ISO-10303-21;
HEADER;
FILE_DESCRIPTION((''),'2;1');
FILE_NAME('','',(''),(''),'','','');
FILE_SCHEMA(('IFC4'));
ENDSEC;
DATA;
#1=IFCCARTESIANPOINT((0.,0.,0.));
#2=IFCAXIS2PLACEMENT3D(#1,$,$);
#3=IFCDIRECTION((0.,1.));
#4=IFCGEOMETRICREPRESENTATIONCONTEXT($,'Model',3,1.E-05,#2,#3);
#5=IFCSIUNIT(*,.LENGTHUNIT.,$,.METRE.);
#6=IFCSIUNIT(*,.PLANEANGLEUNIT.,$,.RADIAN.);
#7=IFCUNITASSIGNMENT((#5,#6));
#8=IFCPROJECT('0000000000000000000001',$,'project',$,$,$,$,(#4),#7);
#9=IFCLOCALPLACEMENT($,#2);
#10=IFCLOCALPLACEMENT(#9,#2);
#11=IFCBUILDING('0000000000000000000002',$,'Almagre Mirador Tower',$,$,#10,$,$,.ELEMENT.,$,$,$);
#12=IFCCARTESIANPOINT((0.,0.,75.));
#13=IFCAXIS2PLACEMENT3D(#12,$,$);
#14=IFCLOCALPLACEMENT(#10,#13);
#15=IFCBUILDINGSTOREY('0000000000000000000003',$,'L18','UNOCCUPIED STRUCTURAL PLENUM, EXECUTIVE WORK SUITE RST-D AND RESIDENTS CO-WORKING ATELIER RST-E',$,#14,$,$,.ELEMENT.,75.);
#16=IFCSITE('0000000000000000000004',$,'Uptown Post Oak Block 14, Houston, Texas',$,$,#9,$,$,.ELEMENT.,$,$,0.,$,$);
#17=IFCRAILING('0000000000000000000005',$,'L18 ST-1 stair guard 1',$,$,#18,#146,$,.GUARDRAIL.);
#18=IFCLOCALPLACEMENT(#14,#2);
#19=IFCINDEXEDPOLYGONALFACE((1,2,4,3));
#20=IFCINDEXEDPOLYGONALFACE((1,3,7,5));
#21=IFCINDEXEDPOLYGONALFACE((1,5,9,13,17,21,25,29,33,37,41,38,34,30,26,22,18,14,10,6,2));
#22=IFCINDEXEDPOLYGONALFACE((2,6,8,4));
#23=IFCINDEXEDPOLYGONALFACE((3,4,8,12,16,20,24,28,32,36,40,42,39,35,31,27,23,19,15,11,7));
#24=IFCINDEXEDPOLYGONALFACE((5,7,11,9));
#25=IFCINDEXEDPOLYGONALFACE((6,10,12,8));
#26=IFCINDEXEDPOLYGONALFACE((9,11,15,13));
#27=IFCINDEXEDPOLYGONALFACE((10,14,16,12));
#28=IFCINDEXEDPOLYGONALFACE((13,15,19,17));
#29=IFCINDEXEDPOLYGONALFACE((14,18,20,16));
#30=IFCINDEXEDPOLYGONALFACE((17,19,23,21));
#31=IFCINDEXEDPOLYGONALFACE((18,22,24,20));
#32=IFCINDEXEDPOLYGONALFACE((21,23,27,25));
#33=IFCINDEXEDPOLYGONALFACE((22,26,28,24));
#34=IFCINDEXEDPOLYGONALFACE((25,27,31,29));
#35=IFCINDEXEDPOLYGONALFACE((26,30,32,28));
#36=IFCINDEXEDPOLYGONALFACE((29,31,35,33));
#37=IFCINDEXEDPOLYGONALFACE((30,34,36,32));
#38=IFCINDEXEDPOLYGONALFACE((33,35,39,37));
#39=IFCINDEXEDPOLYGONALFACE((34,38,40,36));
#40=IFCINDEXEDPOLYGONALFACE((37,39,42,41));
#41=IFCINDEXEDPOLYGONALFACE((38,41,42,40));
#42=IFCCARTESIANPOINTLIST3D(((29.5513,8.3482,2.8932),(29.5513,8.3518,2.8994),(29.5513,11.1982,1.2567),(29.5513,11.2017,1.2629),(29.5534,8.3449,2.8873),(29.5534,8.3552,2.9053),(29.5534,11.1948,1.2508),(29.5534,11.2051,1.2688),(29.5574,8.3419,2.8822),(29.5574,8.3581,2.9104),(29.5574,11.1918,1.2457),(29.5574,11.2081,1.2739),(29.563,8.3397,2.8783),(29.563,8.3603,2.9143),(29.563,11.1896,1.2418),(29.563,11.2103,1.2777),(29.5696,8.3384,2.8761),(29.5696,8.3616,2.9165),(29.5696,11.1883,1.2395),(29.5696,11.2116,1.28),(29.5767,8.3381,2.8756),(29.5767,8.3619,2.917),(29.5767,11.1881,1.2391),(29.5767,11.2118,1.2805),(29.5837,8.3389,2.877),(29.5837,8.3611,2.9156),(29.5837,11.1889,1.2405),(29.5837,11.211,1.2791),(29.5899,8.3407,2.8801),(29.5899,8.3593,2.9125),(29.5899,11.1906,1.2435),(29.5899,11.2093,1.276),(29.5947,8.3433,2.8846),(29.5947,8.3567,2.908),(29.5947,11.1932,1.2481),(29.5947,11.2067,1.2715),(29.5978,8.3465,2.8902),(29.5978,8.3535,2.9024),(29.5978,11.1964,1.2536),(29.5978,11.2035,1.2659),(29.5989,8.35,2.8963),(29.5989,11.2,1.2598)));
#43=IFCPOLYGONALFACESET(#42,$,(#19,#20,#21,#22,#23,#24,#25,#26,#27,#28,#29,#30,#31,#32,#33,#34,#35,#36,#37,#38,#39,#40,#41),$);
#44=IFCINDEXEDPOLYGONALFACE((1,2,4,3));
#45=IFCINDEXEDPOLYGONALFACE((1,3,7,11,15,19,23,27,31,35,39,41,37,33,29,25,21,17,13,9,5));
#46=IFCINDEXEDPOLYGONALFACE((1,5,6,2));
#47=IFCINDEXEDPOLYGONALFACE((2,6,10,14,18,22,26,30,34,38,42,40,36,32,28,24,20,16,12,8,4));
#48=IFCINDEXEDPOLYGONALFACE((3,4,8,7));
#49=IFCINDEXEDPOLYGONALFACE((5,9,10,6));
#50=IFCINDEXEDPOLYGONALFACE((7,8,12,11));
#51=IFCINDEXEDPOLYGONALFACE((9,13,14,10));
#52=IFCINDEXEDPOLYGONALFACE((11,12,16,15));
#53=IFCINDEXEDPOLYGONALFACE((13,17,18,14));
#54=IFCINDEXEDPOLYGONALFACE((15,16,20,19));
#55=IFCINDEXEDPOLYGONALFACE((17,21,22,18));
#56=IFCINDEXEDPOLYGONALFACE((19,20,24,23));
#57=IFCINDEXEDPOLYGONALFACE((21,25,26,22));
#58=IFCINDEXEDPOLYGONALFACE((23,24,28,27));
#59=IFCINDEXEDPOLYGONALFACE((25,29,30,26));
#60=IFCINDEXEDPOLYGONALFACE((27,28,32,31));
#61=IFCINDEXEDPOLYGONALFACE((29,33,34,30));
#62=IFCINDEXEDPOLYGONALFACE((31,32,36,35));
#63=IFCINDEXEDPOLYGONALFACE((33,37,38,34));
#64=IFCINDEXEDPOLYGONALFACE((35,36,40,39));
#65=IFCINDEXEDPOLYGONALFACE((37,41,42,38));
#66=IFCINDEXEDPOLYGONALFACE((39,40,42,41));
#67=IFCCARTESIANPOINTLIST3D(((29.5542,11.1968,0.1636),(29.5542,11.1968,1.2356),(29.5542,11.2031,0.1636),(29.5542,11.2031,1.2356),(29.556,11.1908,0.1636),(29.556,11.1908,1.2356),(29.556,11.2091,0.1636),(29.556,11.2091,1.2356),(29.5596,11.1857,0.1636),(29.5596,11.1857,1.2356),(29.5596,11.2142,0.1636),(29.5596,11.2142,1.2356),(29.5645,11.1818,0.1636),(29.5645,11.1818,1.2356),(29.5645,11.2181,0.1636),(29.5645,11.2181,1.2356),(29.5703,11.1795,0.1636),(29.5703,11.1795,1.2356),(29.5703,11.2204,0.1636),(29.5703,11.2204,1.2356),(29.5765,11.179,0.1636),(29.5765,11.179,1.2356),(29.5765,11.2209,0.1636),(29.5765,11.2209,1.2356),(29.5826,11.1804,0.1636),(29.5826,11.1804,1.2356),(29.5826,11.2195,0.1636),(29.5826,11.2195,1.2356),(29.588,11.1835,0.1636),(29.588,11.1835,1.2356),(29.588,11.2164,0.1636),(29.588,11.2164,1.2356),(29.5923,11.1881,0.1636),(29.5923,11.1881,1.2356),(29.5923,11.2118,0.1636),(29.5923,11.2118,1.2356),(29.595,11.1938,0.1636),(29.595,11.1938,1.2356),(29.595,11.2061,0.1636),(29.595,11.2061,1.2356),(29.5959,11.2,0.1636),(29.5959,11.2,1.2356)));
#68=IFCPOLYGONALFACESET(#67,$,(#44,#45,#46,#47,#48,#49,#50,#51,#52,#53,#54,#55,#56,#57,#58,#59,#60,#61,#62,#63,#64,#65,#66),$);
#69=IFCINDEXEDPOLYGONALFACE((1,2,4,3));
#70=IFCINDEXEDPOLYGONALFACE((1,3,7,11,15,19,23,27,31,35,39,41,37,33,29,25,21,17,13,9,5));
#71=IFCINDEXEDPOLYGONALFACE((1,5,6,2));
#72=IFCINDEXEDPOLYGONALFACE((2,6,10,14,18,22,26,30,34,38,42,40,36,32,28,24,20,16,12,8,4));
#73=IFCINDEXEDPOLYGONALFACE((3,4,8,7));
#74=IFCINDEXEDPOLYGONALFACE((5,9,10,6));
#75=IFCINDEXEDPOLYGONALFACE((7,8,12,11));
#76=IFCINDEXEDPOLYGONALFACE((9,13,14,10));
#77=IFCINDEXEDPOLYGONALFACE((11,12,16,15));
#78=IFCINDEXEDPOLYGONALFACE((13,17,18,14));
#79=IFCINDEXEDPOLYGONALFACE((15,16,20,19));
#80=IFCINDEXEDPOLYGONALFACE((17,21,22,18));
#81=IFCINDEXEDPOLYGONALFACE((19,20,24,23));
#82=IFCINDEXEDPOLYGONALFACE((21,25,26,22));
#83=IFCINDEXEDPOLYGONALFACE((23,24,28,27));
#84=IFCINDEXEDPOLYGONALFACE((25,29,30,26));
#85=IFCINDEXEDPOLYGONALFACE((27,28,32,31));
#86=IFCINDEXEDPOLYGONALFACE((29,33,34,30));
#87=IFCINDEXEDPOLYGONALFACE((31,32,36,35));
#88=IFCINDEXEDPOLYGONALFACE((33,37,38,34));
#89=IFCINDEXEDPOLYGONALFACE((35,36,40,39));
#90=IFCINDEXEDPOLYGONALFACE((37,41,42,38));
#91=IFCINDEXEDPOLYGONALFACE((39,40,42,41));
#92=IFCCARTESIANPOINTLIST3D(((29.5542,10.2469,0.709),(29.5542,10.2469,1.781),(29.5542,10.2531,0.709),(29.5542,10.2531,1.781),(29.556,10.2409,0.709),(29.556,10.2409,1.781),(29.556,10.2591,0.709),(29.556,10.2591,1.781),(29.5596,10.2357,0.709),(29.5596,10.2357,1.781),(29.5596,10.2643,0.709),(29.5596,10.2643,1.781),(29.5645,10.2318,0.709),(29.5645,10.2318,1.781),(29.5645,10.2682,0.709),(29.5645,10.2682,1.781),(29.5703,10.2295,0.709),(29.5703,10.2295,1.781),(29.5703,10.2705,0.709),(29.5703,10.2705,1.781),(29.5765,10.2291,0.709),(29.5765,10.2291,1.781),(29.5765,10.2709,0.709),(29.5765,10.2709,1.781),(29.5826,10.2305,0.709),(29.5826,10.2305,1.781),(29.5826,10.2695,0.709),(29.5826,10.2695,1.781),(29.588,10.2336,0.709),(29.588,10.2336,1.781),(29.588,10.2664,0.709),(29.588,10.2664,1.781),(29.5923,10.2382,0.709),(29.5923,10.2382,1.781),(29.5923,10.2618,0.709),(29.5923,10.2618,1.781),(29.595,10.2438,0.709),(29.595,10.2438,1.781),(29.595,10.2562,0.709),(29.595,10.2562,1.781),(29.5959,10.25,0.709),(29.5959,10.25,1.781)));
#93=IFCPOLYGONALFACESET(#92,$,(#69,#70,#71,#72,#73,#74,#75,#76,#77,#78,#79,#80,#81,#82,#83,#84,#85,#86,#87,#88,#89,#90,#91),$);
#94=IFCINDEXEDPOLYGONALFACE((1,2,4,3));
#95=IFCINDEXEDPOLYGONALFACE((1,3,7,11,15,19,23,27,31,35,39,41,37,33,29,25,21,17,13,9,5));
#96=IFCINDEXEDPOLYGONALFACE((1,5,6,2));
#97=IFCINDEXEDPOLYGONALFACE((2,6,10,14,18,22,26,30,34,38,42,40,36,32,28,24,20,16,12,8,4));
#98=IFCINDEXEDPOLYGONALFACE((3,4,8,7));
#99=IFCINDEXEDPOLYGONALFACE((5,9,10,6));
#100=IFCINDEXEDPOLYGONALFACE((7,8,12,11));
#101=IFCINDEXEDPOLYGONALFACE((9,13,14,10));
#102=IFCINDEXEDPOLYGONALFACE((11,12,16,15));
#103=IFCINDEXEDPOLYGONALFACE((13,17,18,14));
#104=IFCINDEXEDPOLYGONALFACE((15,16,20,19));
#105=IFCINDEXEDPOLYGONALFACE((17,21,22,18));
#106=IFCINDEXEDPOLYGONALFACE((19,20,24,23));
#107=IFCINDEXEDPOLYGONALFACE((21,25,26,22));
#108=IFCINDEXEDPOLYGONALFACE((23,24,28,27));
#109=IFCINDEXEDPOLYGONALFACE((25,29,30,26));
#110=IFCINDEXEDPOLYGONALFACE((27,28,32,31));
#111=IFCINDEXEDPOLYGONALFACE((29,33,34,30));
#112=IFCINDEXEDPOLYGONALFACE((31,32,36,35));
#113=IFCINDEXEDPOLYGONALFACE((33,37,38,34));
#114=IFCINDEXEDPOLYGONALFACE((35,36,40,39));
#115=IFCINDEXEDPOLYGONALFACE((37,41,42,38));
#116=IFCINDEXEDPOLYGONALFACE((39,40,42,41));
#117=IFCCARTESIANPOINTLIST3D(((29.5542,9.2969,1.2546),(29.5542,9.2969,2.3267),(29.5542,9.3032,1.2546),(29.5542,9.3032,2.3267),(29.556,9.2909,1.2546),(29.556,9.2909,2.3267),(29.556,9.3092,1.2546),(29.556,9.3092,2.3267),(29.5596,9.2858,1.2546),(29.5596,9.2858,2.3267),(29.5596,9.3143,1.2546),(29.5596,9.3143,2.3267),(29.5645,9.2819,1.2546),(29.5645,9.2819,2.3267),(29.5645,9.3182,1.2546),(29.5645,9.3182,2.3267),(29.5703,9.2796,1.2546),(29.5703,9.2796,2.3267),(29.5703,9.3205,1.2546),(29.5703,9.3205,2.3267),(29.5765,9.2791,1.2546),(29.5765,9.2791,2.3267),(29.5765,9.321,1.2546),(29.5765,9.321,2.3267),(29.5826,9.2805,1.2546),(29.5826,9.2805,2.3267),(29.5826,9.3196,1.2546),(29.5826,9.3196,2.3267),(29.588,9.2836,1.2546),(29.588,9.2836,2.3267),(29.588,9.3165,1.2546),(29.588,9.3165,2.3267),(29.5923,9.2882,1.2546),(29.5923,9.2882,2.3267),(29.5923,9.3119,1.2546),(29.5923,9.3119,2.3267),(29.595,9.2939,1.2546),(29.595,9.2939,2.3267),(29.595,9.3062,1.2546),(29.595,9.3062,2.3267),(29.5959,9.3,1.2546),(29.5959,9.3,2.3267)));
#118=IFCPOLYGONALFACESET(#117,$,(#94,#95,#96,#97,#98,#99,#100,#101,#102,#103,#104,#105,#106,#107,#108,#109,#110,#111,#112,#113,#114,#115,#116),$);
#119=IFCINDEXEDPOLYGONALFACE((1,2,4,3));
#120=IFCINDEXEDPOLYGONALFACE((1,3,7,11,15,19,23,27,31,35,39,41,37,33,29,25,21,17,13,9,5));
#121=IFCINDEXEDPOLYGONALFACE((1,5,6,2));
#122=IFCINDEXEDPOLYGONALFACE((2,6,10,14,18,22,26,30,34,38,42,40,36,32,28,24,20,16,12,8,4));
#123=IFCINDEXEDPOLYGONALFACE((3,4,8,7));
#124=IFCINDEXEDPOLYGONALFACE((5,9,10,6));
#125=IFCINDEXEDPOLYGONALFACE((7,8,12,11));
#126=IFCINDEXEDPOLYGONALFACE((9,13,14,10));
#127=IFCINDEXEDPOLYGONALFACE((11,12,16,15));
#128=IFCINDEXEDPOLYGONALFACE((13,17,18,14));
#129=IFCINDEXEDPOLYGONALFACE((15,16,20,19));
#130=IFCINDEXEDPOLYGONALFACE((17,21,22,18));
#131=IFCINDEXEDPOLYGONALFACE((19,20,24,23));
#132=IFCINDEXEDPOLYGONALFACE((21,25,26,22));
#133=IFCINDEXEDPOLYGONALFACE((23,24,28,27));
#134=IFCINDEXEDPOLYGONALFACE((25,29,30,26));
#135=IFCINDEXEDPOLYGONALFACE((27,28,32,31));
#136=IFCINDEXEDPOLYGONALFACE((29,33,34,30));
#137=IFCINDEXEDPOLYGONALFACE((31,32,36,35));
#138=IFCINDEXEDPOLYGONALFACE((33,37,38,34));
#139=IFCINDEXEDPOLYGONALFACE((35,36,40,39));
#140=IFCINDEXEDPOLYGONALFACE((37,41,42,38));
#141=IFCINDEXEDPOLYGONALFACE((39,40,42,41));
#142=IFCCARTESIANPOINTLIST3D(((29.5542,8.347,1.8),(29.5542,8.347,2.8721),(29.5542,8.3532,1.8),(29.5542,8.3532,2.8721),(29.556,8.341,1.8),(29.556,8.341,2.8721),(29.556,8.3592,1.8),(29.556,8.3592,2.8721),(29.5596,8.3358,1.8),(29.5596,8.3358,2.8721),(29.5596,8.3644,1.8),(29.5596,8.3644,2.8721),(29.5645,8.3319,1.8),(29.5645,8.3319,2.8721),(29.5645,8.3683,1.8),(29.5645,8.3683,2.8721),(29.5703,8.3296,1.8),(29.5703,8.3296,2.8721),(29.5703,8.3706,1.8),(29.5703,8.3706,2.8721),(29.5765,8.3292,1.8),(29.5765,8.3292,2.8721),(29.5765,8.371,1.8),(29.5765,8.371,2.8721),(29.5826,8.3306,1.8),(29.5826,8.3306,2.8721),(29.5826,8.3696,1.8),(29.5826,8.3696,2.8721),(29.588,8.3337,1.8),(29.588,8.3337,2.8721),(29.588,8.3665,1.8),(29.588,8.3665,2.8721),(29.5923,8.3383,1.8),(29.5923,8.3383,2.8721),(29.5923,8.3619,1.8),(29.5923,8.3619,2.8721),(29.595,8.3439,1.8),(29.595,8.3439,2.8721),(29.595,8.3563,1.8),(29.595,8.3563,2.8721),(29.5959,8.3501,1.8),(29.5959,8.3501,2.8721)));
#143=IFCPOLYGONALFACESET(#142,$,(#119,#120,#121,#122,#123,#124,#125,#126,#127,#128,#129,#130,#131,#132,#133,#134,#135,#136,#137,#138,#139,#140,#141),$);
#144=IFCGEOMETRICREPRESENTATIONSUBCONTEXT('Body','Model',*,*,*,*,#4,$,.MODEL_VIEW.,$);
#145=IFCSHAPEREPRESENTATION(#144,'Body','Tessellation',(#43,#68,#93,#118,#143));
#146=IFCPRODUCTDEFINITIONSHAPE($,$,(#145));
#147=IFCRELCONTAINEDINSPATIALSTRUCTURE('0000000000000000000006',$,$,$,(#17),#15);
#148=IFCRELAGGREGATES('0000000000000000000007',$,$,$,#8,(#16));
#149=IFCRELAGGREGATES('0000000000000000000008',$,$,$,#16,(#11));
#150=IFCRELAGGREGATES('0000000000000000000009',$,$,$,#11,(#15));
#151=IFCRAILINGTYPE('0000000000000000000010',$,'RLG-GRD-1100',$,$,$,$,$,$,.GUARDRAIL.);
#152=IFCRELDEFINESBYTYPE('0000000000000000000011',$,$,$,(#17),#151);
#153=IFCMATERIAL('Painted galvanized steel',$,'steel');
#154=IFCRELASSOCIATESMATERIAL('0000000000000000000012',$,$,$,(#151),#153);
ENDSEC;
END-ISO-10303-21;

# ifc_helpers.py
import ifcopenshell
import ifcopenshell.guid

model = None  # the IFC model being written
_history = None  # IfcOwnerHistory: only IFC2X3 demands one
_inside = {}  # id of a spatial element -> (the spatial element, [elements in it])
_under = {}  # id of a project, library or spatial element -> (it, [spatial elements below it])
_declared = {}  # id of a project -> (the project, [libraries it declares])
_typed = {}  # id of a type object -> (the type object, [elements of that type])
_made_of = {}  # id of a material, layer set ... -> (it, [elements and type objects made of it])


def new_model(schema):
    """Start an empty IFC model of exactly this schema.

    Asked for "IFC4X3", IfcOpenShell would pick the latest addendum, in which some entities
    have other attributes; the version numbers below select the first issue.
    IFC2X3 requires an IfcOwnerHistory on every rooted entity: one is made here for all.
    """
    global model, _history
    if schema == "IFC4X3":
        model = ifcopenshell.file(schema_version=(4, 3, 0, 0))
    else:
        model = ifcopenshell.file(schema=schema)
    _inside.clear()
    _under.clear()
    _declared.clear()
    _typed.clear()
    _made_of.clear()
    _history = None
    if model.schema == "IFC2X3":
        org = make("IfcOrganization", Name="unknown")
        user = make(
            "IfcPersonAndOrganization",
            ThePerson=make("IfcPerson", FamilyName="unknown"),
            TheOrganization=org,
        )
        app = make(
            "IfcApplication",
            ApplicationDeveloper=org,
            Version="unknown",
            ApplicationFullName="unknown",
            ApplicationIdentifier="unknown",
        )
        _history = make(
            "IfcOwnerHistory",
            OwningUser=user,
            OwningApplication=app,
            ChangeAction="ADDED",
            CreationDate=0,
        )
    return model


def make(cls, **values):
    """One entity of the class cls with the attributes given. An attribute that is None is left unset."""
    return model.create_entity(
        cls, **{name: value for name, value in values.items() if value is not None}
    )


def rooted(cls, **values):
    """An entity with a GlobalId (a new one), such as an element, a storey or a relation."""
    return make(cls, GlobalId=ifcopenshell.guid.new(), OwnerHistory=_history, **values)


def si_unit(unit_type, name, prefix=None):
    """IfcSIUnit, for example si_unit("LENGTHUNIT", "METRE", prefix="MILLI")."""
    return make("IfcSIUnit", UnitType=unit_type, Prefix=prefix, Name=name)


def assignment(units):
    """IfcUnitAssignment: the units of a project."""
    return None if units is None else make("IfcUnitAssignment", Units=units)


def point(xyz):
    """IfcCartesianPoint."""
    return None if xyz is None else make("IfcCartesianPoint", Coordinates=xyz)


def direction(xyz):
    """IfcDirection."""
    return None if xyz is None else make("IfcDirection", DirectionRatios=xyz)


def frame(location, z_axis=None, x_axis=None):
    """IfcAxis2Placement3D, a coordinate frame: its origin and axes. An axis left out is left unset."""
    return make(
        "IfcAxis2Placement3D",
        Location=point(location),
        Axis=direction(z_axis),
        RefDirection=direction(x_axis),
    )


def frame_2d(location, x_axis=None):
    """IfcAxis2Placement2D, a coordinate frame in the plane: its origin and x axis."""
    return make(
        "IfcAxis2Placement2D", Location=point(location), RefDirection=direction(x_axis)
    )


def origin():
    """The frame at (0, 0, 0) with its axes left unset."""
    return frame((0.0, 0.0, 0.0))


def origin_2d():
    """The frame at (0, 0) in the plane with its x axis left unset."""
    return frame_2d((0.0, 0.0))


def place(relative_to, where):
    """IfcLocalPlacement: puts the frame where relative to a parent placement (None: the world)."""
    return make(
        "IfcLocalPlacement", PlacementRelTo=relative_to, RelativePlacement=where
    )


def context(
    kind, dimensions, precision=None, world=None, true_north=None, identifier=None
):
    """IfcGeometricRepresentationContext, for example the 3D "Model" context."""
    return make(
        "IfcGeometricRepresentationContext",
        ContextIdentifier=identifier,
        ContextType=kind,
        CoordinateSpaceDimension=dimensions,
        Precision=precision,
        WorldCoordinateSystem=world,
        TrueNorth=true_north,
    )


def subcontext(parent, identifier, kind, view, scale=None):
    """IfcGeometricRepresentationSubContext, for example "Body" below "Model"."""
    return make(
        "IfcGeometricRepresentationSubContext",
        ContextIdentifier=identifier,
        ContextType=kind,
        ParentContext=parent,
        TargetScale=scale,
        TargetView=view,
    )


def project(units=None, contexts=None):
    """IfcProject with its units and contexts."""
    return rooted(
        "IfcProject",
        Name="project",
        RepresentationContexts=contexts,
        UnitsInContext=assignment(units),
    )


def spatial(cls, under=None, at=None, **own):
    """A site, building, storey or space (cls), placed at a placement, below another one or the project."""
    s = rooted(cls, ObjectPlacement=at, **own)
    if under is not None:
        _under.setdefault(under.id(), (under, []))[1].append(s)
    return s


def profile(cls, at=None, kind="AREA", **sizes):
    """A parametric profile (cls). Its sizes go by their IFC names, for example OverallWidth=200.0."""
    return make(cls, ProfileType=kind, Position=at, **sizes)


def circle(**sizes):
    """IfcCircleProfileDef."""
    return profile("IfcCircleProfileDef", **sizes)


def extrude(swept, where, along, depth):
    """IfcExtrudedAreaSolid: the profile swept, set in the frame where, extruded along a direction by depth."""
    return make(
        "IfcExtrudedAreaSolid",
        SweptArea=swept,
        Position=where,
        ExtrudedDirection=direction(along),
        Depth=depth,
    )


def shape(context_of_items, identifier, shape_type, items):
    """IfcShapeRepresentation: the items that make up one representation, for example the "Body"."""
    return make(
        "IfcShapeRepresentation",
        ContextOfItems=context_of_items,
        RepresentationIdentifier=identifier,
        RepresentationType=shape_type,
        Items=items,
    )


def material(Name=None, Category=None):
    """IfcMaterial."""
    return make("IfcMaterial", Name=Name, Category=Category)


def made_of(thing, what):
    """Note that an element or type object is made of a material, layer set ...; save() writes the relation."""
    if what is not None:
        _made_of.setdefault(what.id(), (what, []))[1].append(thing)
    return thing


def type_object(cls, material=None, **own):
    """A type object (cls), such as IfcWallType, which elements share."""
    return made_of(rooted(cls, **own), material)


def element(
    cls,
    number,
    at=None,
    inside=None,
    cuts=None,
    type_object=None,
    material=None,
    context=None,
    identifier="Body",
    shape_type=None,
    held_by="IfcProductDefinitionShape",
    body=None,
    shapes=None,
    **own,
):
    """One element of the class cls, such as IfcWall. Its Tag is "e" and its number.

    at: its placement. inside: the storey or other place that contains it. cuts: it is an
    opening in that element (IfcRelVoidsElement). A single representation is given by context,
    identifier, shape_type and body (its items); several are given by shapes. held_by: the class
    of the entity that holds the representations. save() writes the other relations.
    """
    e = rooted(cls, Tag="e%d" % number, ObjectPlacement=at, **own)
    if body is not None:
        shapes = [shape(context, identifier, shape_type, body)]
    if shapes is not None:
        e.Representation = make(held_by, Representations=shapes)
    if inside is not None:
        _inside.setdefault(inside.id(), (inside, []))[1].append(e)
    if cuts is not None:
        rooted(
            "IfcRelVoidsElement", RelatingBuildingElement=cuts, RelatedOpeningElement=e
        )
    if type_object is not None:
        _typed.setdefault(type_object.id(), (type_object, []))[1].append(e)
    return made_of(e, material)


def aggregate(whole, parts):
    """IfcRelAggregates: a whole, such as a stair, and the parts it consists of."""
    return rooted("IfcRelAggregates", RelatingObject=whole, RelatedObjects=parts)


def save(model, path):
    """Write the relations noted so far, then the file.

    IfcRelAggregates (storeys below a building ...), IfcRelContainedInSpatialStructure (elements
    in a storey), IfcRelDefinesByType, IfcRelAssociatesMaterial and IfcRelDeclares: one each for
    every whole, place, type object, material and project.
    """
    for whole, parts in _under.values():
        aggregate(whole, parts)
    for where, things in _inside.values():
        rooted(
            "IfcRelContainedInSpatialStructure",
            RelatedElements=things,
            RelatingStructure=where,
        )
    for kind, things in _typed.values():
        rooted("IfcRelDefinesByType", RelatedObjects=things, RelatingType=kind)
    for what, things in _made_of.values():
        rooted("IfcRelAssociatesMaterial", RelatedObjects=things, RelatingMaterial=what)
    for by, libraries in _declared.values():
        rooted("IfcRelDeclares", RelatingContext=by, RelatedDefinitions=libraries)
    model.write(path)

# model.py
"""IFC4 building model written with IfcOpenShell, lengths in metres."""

from ifc_helpers import new_model, si_unit, direction, frame, origin, origin_2d, place, context, subcontext, project, spatial, circle, extrude, material, type_object, element, save


model = new_model("IFC4")

# Units and contexts
model_context = context("Model", 3, precision=1e-05, world=origin(), true_north=direction((0.0, 1.0)))
body_context = subcontext(model_context, "Body", "Model", "MODEL_VIEW")
ifc_project = project(units=[si_unit("LENGTHUNIT", "METRE"), si_unit("PLANEANGLEUNIT", "RADIAN")], contexts=[model_context])

# Site, building, storey
site_placement = place(None, origin())
site = spatial("IfcSite", under=ifc_project, at=site_placement, Name="Uptown Post Oak Block 14, Houston, Texas", CompositionType="ELEMENT", RefElevation=0.0)
building_placement = place(site_placement, origin())
building = spatial("IfcBuilding", under=site, at=building_placement, Name="Almagre Mirador Tower", CompositionType="ELEMENT")
storey_placement = place(building_placement, frame((0.0, 0.0, 75.0)))
storey = spatial("IfcBuildingStorey", under=building, at=storey_placement, Name="L18", Description="UNOCCUPIED STRUCTURAL PLENUM, EXECUTIVE WORK SUITE RST-D AND RESIDENTS CO-WORKING ATELIER RST-E", CompositionType="ELEMENT", Elevation=75.0)

# Railing
ifc_material_1 = material(Name="Painted galvanized steel", Category="steel")
railing_type_1 = type_object("IfcRailingType", Name="RLG-GRD-1100", PredefinedType="GUARDRAIL", material=ifc_material_1)
railing_1_placement = place(storey_placement, frame((29.575, 11.2, 0.1636)))
element("IfcRailing", 1, at=railing_1_placement, inside=storey, type_object=railing_type_1, Name="L18 ST-1 stair guard 1", PredefinedType="GUARDRAIL", context=body_context, shape_type="SweptSolid", body=[
    extrude(circle(Radius=0.0239, at=origin_2d()), frame((0.0, 0.0, 1.0962), z_axis=(0.0, -0.867194, 0.49797), x_axis=(1.0, 0.0, 0.0)), (0.0, 0.0, 1.0), 3.2864),
    extrude(circle(Radius=0.021, at=origin_2d()), origin(), (0.0, 0.0, 1.0), 1.072),
    extrude(circle(Radius=0.021, at=origin_2d()), frame((0.0, -0.95, 0.5454)), (0.0, 0.0, 1.0), 1.072),
    extrude(circle(Radius=0.021, at=origin_2d()), frame((0.0, -1.8999, 1.0911)), (0.0, 0.0, 1.0), 1.072),
    extrude(circle(Radius=0.021, at=origin_2d()), frame((0.0, -2.8499, 1.6365)), (0.0, 0.0, 1.0), 1.072),
])

save(model, "model.ifc")
